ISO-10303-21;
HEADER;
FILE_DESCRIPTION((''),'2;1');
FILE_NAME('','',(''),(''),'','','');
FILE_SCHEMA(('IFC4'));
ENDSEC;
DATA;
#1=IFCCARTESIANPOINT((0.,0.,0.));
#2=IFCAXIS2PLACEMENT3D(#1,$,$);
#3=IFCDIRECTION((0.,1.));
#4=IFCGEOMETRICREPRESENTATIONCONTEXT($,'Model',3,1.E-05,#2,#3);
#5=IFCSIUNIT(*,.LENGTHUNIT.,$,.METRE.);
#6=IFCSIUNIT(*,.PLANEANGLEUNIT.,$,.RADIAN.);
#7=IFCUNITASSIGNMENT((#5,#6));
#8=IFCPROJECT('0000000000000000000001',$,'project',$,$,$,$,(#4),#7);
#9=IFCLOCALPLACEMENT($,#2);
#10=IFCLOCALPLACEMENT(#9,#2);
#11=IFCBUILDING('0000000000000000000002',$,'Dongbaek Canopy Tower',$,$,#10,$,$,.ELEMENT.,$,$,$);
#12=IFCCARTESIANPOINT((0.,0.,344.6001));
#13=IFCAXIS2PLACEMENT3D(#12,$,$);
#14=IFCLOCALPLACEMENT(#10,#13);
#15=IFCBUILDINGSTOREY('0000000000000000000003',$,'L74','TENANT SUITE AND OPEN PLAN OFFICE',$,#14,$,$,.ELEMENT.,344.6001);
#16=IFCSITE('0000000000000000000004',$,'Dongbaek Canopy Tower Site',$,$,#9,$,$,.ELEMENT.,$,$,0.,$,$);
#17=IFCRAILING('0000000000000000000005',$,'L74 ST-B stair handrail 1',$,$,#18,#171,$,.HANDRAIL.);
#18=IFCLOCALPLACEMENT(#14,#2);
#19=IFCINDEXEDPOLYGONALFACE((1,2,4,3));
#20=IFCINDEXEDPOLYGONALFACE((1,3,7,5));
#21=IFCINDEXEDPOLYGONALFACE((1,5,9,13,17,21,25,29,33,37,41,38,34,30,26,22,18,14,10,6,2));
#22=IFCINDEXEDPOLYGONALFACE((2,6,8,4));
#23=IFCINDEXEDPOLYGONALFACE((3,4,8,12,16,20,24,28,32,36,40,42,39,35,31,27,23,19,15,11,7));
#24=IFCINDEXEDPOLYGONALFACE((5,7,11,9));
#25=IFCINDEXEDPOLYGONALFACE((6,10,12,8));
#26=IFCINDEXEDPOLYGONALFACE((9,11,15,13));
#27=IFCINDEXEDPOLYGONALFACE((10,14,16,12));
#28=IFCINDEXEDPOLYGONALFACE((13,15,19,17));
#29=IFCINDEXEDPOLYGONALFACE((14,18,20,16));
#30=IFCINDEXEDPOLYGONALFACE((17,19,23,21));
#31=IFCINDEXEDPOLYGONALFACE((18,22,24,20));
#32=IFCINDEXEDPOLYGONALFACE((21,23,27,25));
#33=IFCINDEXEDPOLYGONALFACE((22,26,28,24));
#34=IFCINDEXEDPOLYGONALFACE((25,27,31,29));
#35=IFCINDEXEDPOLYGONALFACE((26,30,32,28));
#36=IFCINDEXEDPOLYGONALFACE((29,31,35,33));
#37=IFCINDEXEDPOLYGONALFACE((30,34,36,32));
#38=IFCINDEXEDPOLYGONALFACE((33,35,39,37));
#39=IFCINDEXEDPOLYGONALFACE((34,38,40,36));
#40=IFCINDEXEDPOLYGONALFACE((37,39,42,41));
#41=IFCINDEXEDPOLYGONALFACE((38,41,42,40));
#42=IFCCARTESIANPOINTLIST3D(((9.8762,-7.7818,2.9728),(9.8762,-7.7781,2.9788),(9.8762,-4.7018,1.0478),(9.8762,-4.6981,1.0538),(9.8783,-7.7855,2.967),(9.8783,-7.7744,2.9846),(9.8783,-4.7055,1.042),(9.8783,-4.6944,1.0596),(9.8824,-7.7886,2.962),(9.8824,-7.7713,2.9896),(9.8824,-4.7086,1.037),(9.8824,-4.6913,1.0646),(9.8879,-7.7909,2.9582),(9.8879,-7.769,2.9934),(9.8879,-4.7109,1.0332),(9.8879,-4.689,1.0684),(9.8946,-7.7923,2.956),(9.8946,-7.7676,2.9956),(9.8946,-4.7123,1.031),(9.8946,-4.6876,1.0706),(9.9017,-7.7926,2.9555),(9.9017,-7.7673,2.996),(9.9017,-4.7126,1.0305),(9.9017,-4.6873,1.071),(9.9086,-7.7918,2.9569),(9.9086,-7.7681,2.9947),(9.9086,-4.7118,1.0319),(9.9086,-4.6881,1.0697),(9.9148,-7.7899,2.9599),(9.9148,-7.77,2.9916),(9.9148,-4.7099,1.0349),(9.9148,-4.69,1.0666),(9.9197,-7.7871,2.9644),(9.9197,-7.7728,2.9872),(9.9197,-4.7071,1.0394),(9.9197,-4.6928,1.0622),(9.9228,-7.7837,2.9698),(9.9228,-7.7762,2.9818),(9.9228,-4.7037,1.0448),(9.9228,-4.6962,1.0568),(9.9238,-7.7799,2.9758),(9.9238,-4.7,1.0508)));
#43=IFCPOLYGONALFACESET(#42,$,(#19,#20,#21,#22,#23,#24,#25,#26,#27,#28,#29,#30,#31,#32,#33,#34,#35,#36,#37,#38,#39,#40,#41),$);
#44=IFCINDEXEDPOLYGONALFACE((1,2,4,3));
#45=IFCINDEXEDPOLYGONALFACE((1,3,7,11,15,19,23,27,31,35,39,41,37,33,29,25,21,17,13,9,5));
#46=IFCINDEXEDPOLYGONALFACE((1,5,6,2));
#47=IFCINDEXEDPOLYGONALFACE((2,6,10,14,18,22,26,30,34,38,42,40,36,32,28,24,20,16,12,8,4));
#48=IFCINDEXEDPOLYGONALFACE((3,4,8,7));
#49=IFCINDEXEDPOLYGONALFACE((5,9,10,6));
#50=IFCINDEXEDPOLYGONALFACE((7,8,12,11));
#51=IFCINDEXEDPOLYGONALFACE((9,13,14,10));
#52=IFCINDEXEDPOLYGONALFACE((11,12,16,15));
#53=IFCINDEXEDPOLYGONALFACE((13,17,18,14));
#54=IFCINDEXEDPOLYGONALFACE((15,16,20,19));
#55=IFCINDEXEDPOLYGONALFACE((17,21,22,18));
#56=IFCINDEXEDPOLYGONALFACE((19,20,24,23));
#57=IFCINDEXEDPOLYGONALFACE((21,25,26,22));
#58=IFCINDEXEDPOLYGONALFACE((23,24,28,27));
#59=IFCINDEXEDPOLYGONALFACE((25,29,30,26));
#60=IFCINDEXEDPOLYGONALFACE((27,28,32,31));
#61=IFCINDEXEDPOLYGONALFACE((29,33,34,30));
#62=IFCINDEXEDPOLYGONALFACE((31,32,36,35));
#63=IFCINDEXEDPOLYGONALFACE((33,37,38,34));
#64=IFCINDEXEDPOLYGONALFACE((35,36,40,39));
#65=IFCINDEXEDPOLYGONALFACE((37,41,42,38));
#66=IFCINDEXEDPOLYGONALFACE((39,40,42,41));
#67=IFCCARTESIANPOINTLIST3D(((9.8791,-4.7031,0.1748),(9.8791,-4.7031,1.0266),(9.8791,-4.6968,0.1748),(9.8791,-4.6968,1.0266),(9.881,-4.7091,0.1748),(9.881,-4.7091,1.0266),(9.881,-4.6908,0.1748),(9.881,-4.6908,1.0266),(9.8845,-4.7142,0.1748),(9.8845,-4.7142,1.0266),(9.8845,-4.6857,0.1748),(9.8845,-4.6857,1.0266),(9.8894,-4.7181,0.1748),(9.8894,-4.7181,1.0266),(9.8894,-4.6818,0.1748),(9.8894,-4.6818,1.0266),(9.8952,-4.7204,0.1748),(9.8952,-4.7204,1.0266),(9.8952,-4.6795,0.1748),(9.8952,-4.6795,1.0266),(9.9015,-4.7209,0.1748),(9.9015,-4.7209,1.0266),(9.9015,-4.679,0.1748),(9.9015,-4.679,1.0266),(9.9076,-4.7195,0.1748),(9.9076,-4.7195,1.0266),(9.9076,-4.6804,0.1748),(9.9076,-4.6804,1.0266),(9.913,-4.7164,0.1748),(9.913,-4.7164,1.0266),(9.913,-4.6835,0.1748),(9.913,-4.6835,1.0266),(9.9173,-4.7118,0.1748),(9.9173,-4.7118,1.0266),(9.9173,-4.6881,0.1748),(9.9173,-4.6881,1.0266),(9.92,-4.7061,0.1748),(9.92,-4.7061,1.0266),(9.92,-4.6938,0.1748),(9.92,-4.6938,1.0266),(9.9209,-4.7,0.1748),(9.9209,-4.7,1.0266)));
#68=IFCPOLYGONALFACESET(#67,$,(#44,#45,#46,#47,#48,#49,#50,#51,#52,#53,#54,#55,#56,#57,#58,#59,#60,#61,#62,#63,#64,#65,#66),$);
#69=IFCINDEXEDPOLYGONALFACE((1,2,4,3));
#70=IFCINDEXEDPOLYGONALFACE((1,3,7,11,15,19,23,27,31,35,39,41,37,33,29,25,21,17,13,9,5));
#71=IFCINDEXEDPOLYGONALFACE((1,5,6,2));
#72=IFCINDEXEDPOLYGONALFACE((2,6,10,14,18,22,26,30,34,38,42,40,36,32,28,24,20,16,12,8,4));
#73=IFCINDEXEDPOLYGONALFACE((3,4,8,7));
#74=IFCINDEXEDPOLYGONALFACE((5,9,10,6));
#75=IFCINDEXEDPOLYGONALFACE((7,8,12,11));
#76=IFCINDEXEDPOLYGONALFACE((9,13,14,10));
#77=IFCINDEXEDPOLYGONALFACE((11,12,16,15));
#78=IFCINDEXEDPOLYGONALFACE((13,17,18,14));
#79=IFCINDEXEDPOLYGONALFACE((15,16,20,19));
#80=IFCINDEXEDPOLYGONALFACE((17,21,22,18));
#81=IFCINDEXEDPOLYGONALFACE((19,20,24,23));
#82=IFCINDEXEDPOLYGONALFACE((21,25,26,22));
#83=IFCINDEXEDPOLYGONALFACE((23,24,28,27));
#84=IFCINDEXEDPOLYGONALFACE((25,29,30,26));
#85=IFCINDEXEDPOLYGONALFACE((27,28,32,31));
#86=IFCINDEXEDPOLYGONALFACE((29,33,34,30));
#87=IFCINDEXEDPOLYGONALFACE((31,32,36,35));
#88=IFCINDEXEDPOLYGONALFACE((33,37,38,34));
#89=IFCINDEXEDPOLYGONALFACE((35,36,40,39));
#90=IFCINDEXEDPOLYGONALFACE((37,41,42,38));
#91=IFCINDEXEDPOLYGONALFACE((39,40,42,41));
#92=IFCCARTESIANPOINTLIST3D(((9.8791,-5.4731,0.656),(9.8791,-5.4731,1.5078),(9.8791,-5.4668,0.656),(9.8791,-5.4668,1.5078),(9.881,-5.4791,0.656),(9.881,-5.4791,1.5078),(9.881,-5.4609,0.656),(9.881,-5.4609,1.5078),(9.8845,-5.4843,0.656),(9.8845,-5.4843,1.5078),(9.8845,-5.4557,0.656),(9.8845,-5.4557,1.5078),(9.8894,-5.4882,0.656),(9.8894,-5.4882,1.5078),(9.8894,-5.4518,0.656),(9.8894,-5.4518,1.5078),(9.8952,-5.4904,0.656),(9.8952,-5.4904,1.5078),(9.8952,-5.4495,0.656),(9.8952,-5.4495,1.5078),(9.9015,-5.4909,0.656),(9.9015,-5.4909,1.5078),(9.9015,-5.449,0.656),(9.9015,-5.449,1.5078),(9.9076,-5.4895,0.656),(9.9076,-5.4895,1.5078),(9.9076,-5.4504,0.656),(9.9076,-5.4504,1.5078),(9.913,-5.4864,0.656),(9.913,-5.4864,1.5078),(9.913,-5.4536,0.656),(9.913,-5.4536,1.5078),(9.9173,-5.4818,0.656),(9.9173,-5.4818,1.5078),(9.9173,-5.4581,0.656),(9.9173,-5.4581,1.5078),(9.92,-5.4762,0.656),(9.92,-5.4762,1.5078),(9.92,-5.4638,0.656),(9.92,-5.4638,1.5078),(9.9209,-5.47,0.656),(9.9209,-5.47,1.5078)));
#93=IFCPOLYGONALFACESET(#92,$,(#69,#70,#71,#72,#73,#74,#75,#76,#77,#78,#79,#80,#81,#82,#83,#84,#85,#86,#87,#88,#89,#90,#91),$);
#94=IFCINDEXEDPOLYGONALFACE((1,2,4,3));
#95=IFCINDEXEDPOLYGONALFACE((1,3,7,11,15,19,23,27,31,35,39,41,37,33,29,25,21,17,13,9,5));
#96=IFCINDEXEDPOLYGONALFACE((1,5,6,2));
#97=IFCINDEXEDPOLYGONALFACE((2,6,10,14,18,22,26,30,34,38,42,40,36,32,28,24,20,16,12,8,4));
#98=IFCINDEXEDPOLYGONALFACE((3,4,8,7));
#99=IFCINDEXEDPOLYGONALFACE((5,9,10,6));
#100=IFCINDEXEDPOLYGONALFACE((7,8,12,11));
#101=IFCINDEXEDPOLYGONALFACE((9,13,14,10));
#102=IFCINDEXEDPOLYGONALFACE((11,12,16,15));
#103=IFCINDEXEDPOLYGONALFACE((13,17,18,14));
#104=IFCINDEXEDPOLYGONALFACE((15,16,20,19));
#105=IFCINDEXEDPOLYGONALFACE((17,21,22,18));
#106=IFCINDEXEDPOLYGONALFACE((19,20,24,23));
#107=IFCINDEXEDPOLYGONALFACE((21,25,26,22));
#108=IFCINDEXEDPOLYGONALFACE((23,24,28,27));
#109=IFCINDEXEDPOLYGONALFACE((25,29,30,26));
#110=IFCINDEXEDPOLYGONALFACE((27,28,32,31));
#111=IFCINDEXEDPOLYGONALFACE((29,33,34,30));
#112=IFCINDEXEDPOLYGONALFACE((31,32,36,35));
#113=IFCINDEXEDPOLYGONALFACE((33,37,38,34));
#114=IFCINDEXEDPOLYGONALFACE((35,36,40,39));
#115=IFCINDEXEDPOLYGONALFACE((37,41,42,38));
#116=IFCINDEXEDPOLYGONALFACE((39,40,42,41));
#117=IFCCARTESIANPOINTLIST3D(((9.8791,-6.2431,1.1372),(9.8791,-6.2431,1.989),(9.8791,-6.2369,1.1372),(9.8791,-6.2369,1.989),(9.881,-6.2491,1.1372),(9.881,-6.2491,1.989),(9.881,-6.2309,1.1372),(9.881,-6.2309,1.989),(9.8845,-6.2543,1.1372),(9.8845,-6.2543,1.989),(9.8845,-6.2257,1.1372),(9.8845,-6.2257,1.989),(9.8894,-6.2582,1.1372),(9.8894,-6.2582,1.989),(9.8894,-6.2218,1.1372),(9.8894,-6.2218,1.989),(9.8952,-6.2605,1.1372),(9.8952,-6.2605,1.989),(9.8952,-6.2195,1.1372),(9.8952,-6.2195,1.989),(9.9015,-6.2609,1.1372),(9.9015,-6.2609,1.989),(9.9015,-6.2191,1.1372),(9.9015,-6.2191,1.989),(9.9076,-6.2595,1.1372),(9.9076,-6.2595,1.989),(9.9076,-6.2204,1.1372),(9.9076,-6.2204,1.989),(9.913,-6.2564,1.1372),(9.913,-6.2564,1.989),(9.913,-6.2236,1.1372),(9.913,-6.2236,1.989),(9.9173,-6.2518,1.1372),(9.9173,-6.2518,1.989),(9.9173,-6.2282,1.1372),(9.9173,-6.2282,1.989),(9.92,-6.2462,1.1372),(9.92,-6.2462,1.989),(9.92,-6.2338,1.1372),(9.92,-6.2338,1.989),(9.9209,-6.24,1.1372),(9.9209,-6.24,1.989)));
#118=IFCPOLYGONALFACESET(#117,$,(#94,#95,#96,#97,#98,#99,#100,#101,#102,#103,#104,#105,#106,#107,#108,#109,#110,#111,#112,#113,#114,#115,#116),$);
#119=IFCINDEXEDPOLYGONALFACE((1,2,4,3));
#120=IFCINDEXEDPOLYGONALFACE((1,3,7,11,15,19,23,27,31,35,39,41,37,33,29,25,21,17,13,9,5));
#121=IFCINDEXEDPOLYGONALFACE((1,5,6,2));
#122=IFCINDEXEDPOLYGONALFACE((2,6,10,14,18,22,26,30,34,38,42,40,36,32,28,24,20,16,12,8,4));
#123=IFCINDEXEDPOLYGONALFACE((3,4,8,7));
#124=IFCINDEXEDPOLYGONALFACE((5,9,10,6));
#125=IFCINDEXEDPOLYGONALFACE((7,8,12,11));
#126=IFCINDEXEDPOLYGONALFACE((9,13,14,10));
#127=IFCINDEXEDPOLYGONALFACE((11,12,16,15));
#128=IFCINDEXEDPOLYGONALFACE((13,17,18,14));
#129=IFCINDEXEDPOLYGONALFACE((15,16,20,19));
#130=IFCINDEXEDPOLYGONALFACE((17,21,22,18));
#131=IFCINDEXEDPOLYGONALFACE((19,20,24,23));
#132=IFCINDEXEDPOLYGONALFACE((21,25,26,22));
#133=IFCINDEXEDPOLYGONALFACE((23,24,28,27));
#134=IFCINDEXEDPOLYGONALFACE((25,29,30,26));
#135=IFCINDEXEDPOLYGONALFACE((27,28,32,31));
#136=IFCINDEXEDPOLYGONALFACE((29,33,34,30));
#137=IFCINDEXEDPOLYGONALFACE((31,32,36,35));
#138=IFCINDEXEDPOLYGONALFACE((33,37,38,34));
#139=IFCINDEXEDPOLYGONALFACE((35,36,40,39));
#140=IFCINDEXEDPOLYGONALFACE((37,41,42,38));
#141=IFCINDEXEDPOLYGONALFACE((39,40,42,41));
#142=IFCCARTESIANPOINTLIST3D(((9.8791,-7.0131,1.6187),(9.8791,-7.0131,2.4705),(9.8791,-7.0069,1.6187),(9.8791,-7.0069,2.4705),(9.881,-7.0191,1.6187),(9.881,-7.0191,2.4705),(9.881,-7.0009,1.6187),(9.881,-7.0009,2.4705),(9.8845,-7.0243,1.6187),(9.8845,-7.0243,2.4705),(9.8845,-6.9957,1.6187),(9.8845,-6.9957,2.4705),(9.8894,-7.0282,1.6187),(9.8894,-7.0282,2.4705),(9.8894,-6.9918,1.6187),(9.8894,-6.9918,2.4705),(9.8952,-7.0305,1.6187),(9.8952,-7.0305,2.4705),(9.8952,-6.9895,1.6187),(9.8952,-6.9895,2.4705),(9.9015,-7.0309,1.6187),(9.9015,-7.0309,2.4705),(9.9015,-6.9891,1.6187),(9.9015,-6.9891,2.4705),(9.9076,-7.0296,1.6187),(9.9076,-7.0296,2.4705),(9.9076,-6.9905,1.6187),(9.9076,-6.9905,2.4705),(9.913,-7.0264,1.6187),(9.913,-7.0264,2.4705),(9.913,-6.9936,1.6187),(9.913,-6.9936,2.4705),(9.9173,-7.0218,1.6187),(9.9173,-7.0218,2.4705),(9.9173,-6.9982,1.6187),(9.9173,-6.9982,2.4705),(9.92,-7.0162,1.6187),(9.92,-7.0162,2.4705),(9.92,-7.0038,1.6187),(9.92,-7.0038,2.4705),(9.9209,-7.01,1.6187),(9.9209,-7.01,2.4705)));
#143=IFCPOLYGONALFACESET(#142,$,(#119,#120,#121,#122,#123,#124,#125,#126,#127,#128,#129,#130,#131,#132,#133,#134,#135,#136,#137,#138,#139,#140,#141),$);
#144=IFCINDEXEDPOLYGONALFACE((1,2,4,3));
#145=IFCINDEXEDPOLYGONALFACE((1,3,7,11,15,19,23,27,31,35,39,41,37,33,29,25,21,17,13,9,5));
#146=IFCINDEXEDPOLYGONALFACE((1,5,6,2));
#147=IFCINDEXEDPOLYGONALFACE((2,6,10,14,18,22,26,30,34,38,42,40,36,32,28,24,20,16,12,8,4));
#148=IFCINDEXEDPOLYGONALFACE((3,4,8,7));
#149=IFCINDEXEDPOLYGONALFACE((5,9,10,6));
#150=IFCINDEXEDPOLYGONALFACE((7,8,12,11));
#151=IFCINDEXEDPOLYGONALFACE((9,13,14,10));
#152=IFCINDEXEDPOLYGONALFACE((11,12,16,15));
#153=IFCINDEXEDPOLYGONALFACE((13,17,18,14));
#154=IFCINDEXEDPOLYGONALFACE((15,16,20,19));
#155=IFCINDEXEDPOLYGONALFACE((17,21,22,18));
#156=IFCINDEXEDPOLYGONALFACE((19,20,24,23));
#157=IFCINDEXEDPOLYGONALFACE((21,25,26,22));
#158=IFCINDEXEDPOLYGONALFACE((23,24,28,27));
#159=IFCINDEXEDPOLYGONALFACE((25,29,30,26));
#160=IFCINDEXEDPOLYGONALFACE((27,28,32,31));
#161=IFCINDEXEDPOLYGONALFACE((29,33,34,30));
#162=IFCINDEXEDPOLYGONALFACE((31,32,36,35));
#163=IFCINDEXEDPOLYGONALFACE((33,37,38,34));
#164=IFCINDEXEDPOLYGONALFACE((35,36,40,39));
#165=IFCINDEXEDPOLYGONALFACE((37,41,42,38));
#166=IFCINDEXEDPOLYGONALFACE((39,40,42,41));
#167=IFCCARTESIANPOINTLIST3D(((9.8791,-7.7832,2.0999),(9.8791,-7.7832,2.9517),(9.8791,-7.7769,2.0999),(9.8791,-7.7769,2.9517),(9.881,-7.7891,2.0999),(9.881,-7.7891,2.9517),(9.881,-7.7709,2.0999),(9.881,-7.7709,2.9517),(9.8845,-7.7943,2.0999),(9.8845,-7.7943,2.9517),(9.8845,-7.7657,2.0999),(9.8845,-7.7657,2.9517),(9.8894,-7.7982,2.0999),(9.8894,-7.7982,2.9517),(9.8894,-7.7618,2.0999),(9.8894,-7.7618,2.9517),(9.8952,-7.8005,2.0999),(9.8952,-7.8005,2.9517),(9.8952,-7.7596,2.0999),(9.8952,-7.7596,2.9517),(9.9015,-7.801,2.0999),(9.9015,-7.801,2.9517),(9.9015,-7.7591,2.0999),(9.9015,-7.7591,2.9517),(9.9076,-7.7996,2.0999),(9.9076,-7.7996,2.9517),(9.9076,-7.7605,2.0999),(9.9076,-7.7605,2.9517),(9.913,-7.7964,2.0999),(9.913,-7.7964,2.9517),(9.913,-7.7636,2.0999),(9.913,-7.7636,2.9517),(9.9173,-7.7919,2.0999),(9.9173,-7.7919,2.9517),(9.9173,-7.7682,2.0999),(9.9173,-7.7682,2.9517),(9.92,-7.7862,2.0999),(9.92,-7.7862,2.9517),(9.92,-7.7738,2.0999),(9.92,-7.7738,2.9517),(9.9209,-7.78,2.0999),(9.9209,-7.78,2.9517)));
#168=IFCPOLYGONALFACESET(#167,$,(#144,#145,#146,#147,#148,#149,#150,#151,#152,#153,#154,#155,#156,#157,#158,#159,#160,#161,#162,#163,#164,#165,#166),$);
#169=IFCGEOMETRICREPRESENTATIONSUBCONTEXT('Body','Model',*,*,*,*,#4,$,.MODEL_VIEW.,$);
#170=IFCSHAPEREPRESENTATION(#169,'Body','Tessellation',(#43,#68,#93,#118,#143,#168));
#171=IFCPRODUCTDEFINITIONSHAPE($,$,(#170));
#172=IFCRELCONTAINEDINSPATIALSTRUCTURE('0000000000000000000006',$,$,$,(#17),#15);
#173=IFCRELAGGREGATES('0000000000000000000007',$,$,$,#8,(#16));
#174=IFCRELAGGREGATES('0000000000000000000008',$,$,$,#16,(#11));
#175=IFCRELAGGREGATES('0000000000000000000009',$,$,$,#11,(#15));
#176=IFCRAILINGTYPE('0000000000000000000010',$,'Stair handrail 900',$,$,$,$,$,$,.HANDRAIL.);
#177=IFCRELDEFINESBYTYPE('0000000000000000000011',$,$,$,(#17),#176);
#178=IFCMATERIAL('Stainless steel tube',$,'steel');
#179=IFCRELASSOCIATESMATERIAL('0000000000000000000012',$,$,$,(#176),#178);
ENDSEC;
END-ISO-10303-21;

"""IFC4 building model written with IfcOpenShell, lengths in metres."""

from ifc_helpers import new_model, si_unit, direction, frame, origin, origin_2d, place, context, subcontext, project, spatial, circle, extrude, material, type_object, element, save


model = new_model("IFC4")

# Units and contexts
model_context = context("Model", 3, precision=1e-05, world=origin(), true_north=direction((0.0, 1.0)))
body_context = subcontext(model_context, "Body", "Model", "MODEL_VIEW")
ifc_project = project(units=[si_unit("LENGTHUNIT", "METRE"), si_unit("PLANEANGLEUNIT", "RADIAN")], contexts=[model_context])

# Site, building, storey
site_placement = place(None, origin())
site = spatial("IfcSite", under=ifc_project, at=site_placement, Name="Dongbaek Canopy Tower Site", CompositionType="ELEMENT", RefElevation=0.0)
building_placement = place(site_placement, origin())
building = spatial("IfcBuilding", under=site, at=building_placement, Name="Dongbaek Canopy Tower", CompositionType="ELEMENT")
storey_placement = place(building_placement, frame((0.0, 0.0, 344.6001)))
storey = spatial("IfcBuildingStorey", under=building, at=storey_placement, Name="L74", Description="TENANT SUITE AND OPEN PLAN OFFICE", CompositionType="ELEMENT", Elevation=344.6001)

# Railing
ifc_material_1 = material(Name="Stainless steel tube", Category="steel")
railing_type_1 = type_object("IfcRailingType", Name="Stair handrail 900", PredefinedType="HANDRAIL", material=ifc_material_1)
railing_1_placement = place(storey_placement, frame((9.8999, -4.7, 0.1748)))
element("IfcRailing", 1, at=railing_1_placement, inside=storey, type_object=railing_type_1, Name="L74 ST-B stair handrail 1", PredefinedType="HANDRAIL", context=body_context, shape_type="SweptSolid", body=[
    extrude(circle(Radius=0.0239, at=origin_2d()), frame((0.0, 0.0, 0.876), z_axis=(0.0, -0.847998, 0.529999), x_axis=(1.0, 0.0, 0.0)), (0.0, 0.0, 1.0), 3.6321),
    extrude(circle(Radius=0.021, at=origin_2d()), origin(), (0.0, 0.0, 1.0), 0.8518),
    extrude(circle(Radius=0.021, at=origin_2d()), frame((0.0, -0.77, 0.4812)), (0.0, 0.0, 1.0), 0.8518),
    extrude(circle(Radius=0.021, at=origin_2d()), frame((0.0, -1.54, 0.9624)), (0.0, 0.0, 1.0), 0.8518),
    extrude(circle(Radius=0.021, at=origin_2d()), frame((0.0, -2.3101, 1.4438)), (0.0, 0.0, 1.0), 0.8518),
    extrude(circle(Radius=0.021, at=origin_2d()), frame((0.0, -3.0801, 1.925)), (0.0, 0.0, 1.0), 0.8518),
])

save(model, "model.ifc")
